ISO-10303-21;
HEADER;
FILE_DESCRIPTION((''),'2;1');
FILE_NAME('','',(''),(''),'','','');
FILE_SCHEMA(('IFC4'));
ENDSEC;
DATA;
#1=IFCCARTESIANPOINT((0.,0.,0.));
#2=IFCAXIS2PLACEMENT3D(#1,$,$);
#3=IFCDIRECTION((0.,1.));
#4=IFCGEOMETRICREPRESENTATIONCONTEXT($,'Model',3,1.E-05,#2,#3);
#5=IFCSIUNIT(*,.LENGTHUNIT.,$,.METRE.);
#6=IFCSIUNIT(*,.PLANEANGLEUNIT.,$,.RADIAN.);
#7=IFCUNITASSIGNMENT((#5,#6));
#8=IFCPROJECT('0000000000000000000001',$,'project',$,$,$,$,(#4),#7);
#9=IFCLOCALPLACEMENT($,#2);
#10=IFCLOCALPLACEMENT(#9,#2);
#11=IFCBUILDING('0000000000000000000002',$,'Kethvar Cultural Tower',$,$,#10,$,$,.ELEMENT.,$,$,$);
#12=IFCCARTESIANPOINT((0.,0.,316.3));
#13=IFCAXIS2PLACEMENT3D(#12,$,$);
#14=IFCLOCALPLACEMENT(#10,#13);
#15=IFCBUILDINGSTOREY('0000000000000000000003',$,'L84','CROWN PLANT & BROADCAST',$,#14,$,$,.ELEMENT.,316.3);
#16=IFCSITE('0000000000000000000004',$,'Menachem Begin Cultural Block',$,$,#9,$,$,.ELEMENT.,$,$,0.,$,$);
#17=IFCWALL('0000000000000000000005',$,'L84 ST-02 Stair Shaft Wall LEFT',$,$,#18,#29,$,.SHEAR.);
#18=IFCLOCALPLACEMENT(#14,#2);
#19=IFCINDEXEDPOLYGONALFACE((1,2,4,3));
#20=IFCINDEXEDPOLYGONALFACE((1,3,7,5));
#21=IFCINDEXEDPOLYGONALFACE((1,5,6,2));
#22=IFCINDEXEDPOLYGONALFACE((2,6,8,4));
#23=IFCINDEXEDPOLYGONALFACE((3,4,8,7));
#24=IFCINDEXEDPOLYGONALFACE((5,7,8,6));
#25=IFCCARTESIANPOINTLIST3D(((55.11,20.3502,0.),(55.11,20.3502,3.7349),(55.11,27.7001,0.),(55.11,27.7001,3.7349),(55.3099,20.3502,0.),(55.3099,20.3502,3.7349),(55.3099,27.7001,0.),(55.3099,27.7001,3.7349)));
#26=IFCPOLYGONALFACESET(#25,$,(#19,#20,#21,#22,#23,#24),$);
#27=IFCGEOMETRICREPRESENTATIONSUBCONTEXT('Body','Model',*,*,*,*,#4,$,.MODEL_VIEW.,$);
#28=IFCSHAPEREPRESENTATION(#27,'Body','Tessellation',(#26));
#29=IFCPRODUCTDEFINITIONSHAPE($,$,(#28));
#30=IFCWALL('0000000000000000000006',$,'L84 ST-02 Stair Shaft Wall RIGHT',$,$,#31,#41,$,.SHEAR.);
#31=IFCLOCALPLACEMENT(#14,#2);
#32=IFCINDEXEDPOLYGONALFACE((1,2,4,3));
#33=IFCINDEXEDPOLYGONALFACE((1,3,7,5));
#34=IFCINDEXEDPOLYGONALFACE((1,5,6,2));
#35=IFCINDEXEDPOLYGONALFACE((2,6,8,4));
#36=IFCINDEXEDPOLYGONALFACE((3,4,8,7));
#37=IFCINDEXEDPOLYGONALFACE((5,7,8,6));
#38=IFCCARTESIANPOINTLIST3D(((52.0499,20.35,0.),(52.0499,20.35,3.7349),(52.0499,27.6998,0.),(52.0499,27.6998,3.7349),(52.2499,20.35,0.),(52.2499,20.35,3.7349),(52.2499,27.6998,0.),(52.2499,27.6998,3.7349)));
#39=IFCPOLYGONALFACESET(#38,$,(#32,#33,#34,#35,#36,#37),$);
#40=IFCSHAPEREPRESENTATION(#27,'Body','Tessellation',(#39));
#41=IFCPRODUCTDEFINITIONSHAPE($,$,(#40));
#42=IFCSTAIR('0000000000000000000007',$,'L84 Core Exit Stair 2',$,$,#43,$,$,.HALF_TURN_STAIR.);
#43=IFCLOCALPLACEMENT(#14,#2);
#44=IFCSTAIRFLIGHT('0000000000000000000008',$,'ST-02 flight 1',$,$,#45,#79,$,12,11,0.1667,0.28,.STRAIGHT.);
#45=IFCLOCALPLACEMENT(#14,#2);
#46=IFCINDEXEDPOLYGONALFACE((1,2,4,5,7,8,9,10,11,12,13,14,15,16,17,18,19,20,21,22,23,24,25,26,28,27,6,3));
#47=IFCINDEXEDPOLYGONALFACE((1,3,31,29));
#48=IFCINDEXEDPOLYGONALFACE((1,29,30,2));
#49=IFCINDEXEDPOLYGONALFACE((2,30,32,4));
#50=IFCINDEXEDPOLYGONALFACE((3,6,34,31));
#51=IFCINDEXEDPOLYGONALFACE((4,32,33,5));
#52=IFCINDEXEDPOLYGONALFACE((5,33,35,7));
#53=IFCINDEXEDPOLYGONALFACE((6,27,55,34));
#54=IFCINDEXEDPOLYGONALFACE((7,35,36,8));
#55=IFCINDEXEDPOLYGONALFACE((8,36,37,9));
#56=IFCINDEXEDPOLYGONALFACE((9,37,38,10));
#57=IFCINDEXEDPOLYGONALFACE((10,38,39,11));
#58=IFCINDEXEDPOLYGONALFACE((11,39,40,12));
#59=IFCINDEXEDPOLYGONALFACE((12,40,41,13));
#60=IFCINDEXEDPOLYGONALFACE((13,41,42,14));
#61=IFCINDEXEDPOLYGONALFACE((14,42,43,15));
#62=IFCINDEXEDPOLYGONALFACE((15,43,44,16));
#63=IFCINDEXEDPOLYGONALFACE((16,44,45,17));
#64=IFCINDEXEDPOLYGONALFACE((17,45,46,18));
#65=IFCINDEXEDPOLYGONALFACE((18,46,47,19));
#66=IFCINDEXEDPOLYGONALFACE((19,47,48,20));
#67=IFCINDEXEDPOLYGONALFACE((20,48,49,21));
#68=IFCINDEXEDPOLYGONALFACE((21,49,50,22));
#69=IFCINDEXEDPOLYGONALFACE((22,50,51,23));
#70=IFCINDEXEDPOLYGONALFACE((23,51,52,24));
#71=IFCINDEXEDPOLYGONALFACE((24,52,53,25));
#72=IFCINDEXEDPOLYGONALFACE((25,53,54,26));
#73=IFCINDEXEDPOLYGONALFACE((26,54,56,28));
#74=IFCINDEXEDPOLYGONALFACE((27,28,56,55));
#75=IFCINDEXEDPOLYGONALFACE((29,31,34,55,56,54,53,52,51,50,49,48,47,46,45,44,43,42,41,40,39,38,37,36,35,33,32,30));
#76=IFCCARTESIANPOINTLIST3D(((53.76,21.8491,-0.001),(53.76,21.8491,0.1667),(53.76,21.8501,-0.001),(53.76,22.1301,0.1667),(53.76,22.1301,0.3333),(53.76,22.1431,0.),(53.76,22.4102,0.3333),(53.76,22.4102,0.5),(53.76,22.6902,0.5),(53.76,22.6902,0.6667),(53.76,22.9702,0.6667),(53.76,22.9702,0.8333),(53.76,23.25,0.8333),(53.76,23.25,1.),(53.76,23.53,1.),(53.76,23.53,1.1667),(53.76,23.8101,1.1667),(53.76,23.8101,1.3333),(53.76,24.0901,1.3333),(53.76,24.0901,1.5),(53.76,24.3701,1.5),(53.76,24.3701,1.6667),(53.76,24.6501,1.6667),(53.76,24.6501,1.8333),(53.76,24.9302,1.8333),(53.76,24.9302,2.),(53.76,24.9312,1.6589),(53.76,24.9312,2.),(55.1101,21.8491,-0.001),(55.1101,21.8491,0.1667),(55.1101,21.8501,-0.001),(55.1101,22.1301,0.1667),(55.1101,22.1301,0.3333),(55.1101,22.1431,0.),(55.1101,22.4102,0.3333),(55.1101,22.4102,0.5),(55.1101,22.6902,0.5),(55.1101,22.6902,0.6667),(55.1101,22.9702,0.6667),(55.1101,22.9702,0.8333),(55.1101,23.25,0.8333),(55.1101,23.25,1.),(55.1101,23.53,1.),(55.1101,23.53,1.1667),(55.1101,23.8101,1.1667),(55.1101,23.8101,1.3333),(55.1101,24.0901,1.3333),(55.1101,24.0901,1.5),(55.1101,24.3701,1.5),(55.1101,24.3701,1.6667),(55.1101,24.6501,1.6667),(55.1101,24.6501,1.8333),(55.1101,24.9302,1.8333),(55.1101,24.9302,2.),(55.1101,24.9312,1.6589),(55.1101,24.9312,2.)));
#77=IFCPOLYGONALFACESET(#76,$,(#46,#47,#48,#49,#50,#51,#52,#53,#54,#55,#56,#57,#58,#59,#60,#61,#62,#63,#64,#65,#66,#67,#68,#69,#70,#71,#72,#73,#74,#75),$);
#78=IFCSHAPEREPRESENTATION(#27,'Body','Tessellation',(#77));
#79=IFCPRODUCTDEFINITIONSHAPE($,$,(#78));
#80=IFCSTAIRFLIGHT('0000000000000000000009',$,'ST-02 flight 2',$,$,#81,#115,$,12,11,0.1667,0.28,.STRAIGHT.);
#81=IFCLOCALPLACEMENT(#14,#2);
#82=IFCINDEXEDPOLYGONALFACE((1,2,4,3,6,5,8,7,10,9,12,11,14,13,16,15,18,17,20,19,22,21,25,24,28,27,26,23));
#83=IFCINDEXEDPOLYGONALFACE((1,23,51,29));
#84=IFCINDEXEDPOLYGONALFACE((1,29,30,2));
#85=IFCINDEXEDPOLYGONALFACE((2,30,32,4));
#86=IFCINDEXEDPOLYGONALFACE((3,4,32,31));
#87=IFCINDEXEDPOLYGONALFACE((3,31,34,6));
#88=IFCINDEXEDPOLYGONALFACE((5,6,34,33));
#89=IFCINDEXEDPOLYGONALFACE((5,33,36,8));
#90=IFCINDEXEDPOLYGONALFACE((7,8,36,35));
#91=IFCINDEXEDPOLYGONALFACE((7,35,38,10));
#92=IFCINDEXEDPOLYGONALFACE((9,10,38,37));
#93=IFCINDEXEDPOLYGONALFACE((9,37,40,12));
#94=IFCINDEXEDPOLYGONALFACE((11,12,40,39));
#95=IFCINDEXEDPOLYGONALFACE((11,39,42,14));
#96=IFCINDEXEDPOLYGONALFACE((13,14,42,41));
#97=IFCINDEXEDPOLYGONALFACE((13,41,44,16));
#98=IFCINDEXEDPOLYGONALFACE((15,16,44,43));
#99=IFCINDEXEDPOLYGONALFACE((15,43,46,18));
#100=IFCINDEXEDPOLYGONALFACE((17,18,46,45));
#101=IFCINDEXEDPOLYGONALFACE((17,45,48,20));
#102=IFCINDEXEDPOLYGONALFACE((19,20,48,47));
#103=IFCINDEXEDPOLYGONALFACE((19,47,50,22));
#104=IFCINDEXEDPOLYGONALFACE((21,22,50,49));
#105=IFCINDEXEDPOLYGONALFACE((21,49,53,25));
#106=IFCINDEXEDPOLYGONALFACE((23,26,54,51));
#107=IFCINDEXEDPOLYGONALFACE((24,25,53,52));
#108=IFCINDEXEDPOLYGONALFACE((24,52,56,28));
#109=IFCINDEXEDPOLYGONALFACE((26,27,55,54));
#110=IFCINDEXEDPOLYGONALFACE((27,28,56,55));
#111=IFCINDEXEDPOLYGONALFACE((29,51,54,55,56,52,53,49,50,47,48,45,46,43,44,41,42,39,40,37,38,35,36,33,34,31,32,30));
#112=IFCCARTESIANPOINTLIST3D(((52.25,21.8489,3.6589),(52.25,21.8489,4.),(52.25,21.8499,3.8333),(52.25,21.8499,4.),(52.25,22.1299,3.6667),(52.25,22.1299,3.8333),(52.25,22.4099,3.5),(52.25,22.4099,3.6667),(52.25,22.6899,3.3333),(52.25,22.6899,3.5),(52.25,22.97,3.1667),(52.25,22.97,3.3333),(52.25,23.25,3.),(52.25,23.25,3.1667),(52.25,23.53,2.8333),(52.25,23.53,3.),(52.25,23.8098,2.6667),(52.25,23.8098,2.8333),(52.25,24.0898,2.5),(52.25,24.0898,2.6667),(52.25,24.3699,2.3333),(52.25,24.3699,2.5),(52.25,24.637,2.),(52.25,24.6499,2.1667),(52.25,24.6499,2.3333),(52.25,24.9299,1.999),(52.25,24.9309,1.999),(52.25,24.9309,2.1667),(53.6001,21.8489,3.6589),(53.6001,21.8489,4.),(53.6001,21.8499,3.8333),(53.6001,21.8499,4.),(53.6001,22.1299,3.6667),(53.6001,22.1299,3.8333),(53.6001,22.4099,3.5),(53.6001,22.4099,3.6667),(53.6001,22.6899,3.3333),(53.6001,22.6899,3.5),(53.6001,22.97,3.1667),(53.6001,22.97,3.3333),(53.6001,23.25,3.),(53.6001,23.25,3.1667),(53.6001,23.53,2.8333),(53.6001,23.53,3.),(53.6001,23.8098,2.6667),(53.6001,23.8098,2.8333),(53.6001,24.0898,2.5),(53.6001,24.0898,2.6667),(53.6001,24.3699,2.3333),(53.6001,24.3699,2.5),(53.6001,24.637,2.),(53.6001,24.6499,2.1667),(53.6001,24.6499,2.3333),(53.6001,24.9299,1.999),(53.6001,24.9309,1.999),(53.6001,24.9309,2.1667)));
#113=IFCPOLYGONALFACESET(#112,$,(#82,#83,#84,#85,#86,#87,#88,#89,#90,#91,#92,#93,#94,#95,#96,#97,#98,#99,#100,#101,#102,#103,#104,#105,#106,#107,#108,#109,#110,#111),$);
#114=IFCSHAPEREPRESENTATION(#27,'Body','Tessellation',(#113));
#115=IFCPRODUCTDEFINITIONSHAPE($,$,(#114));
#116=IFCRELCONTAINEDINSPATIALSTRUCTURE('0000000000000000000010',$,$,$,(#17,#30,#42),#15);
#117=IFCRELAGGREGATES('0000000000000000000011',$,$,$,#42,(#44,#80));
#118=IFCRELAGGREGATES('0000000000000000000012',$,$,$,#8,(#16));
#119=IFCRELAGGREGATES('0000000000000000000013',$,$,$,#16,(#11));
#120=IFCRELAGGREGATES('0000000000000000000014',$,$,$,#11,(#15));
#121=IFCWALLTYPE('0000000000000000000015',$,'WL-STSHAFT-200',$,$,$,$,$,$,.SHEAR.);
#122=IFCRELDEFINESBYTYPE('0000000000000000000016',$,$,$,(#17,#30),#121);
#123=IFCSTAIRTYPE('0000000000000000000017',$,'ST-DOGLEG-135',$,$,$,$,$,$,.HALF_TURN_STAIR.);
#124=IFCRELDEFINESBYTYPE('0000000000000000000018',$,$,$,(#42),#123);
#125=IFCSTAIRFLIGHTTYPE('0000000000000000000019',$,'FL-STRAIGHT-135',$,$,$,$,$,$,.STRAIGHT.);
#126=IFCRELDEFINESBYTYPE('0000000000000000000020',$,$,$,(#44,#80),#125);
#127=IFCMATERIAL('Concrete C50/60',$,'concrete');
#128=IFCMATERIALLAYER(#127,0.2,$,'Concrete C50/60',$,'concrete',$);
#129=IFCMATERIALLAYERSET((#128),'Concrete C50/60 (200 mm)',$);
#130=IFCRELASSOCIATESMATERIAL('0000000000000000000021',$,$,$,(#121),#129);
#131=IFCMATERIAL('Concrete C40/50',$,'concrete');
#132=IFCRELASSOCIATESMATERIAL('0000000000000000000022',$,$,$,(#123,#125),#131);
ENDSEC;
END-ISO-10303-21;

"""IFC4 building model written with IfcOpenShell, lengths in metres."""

from ifc_helpers import new_model, si_unit, direction, frame, frame_2d, origin, place, context, subcontext, project, spatial, polyline, rectangle, outline, extrude, material, layer, layer_set, type_object, element, aggregate, save


model = new_model("IFC4")

# Units and contexts
model_context = context("Model", 3, precision=1e-05, world=origin(), true_north=direction((0.0, 1.0)))
body_context = subcontext(model_context, "Body", "Model", "MODEL_VIEW")
ifc_project = project(units=[si_unit("LENGTHUNIT", "METRE"), si_unit("PLANEANGLEUNIT", "RADIAN")], contexts=[model_context])

# Site, building, storey
site_placement = place(None, origin())
site = spatial("IfcSite", under=ifc_project, at=site_placement, Name="Menachem Begin Cultural Block", CompositionType="ELEMENT", RefElevation=0.0)
building_placement = place(site_placement, origin())
building = spatial("IfcBuilding", under=site, at=building_placement, Name="Kethvar Cultural Tower", CompositionType="ELEMENT")
storey_placement = place(building_placement, frame((0.0, 0.0, 316.3)))
storey = spatial("IfcBuildingStorey", under=building, at=storey_placement, Name="L84", Description="CROWN PLANT & BROADCAST", CompositionType="ELEMENT", Elevation=316.3)

# Shared definitions
ifc_material_1 = material(Name="Concrete C50/60", Category="concrete")

# Shared definitions
ifc_material_2 = material(Name="Concrete C40/50", Category="concrete")

# Walls
ifc_layer_1 = layer(ifc_material_1, 0.2, Name="Concrete C50/60", Category="concrete")
ifc_layer_set_1 = layer_set([ifc_layer_1], Name="Concrete C50/60 (200 mm)")
wall_type_1 = type_object("IfcWallType", Name="WL-STSHAFT-200", PredefinedType="SHEAR", material=ifc_layer_set_1)
for number, where, z_axis, x_axis, name in (
    (1, (55.21, 27.7, 0.0), (0.0, 0.0, 1.0), (0.0, -1.0, 0.0), "L84 ST-02 Stair Shaft Wall LEFT"),
    (2, (52.1499, 20.3501, 0.0), (0.0, 0.0, 1.0), (0.0, 1.0, 0.0), "L84 ST-02 Stair Shaft Wall RIGHT"),
):
    element("IfcWall", number, at=place(storey_placement, frame(where, z_axis=z_axis, x_axis=x_axis)), inside=storey, type_object=wall_type_1, Name=name, PredefinedType="SHEAR", context=body_context, shape_type="SweptSolid", body=[
        extrude(rectangle(XDim=7.3499, YDim=0.2, at=frame_2d((3.6748, 0.0))), origin(), (0.0, 0.0, 1.0), 3.7349),
    ])

# Stair, stair flights
stair_type = type_object("IfcStairType", Name="ST-DOGLEG-135", PredefinedType="HALF_TURN_STAIR", material=ifc_material_2)
stair_placement = place(storey_placement, origin())
stair = element("IfcStair", 3, at=stair_placement, inside=storey, type_object=stair_type, Name="L84 Core Exit Stair 2", PredefinedType="HALF_TURN_STAIR")
stair_flight_type = type_object("IfcStairFlightType", Name="FL-STRAIGHT-135", PredefinedType="STRAIGHT", material=ifc_material_2)
stair_flight_1_placement = place(storey_placement, frame((54.4351, 21.8501, 0.0), z_axis=(0.0, 0.0, 1.0), x_axis=(0.0, 1.0, 0.0)))
stair_flight_1 = element("IfcStairFlight", 4, at=stair_flight_1_placement, type_object=stair_flight_type, Name="ST-02 flight 1", NumberOfRisers=12, NumberOfTreads=11, PredefinedType="STRAIGHT", RiserHeight=0.1667, TreadLength=0.28, context=body_context, shape_type="SweptSolid", body=[
    extrude(outline(polyline([(-0.001, -0.001), (-0.001, 0.1667), (0.28, 0.1667), (0.28, 0.3333), (0.5601, 0.3333), (0.5601, 0.5), (0.8401, 0.5), (0.8401, 0.6667), (1.1201, 0.6667), (1.1201, 0.8333), (1.3999, 0.8333), (1.3999, 1.0), (1.6799, 1.0), (1.6799, 1.1667), (1.96, 1.1667), (1.96, 1.3333), (2.24, 1.3333), (2.24, 1.5), (2.52, 1.5), (2.52, 1.6667), (2.8, 1.6667), (2.8, 1.8333), (3.0801, 1.8333), (3.0801, 2.0), (3.0811, 2.0), (3.0811, 1.6589), (0.293, 0.0), (0.0, -0.001), (-0.001, -0.001)])), frame((0.0, 0.675, 0.0), z_axis=(0.0, -1.0, 0.0), x_axis=(1.0, 0.0, 0.0)), (0.0, 0.0, 1.0), 1.3501),
])
stair_flight_2_placement = place(storey_placement, frame((52.925, 24.9299, 2.0), z_axis=(0.0, 0.0, 1.0), x_axis=(0.0, -1.0, 0.0)))
stair_flight_2 = element("IfcStairFlight", 5, at=stair_flight_2_placement, type_object=stair_flight_type, Name="ST-02 flight 2", NumberOfRisers=12, NumberOfTreads=11, PredefinedType="STRAIGHT", RiserHeight=0.1667, TreadLength=0.28, context=body_context, shape_type="SweptSolid", body=[
    extrude(outline(polyline([(-0.001, -0.001), (-0.001, 0.1667), (0.28, 0.1667), (0.28, 0.3333), (0.5601, 0.3333), (0.5601, 0.5), (0.8401, 0.5), (0.8401, 0.6667), (1.1201, 0.6667), (1.1201, 0.8333), (1.3999, 0.8333), (1.3999, 1.0), (1.6799, 1.0), (1.6799, 1.1667), (1.96, 1.1667), (1.96, 1.3333), (2.24, 1.3333), (2.24, 1.5), (2.52, 1.5), (2.52, 1.6667), (2.8, 1.6667), (2.8, 1.8333), (3.0801, 1.8333), (3.0801, 2.0), (3.0811, 2.0), (3.0811, 1.6589), (0.293, 0.0), (0.0, -0.001), (-0.001, -0.001)])), frame((0.0, 0.675, 0.0), z_axis=(0.0, -1.0, 0.0), x_axis=(1.0, 0.0, 0.0)), (0.0, 0.0, 1.0), 1.3501),
])
aggregate(stair, [stair_flight_1, stair_flight_2])

save(model, "model.ifc")
